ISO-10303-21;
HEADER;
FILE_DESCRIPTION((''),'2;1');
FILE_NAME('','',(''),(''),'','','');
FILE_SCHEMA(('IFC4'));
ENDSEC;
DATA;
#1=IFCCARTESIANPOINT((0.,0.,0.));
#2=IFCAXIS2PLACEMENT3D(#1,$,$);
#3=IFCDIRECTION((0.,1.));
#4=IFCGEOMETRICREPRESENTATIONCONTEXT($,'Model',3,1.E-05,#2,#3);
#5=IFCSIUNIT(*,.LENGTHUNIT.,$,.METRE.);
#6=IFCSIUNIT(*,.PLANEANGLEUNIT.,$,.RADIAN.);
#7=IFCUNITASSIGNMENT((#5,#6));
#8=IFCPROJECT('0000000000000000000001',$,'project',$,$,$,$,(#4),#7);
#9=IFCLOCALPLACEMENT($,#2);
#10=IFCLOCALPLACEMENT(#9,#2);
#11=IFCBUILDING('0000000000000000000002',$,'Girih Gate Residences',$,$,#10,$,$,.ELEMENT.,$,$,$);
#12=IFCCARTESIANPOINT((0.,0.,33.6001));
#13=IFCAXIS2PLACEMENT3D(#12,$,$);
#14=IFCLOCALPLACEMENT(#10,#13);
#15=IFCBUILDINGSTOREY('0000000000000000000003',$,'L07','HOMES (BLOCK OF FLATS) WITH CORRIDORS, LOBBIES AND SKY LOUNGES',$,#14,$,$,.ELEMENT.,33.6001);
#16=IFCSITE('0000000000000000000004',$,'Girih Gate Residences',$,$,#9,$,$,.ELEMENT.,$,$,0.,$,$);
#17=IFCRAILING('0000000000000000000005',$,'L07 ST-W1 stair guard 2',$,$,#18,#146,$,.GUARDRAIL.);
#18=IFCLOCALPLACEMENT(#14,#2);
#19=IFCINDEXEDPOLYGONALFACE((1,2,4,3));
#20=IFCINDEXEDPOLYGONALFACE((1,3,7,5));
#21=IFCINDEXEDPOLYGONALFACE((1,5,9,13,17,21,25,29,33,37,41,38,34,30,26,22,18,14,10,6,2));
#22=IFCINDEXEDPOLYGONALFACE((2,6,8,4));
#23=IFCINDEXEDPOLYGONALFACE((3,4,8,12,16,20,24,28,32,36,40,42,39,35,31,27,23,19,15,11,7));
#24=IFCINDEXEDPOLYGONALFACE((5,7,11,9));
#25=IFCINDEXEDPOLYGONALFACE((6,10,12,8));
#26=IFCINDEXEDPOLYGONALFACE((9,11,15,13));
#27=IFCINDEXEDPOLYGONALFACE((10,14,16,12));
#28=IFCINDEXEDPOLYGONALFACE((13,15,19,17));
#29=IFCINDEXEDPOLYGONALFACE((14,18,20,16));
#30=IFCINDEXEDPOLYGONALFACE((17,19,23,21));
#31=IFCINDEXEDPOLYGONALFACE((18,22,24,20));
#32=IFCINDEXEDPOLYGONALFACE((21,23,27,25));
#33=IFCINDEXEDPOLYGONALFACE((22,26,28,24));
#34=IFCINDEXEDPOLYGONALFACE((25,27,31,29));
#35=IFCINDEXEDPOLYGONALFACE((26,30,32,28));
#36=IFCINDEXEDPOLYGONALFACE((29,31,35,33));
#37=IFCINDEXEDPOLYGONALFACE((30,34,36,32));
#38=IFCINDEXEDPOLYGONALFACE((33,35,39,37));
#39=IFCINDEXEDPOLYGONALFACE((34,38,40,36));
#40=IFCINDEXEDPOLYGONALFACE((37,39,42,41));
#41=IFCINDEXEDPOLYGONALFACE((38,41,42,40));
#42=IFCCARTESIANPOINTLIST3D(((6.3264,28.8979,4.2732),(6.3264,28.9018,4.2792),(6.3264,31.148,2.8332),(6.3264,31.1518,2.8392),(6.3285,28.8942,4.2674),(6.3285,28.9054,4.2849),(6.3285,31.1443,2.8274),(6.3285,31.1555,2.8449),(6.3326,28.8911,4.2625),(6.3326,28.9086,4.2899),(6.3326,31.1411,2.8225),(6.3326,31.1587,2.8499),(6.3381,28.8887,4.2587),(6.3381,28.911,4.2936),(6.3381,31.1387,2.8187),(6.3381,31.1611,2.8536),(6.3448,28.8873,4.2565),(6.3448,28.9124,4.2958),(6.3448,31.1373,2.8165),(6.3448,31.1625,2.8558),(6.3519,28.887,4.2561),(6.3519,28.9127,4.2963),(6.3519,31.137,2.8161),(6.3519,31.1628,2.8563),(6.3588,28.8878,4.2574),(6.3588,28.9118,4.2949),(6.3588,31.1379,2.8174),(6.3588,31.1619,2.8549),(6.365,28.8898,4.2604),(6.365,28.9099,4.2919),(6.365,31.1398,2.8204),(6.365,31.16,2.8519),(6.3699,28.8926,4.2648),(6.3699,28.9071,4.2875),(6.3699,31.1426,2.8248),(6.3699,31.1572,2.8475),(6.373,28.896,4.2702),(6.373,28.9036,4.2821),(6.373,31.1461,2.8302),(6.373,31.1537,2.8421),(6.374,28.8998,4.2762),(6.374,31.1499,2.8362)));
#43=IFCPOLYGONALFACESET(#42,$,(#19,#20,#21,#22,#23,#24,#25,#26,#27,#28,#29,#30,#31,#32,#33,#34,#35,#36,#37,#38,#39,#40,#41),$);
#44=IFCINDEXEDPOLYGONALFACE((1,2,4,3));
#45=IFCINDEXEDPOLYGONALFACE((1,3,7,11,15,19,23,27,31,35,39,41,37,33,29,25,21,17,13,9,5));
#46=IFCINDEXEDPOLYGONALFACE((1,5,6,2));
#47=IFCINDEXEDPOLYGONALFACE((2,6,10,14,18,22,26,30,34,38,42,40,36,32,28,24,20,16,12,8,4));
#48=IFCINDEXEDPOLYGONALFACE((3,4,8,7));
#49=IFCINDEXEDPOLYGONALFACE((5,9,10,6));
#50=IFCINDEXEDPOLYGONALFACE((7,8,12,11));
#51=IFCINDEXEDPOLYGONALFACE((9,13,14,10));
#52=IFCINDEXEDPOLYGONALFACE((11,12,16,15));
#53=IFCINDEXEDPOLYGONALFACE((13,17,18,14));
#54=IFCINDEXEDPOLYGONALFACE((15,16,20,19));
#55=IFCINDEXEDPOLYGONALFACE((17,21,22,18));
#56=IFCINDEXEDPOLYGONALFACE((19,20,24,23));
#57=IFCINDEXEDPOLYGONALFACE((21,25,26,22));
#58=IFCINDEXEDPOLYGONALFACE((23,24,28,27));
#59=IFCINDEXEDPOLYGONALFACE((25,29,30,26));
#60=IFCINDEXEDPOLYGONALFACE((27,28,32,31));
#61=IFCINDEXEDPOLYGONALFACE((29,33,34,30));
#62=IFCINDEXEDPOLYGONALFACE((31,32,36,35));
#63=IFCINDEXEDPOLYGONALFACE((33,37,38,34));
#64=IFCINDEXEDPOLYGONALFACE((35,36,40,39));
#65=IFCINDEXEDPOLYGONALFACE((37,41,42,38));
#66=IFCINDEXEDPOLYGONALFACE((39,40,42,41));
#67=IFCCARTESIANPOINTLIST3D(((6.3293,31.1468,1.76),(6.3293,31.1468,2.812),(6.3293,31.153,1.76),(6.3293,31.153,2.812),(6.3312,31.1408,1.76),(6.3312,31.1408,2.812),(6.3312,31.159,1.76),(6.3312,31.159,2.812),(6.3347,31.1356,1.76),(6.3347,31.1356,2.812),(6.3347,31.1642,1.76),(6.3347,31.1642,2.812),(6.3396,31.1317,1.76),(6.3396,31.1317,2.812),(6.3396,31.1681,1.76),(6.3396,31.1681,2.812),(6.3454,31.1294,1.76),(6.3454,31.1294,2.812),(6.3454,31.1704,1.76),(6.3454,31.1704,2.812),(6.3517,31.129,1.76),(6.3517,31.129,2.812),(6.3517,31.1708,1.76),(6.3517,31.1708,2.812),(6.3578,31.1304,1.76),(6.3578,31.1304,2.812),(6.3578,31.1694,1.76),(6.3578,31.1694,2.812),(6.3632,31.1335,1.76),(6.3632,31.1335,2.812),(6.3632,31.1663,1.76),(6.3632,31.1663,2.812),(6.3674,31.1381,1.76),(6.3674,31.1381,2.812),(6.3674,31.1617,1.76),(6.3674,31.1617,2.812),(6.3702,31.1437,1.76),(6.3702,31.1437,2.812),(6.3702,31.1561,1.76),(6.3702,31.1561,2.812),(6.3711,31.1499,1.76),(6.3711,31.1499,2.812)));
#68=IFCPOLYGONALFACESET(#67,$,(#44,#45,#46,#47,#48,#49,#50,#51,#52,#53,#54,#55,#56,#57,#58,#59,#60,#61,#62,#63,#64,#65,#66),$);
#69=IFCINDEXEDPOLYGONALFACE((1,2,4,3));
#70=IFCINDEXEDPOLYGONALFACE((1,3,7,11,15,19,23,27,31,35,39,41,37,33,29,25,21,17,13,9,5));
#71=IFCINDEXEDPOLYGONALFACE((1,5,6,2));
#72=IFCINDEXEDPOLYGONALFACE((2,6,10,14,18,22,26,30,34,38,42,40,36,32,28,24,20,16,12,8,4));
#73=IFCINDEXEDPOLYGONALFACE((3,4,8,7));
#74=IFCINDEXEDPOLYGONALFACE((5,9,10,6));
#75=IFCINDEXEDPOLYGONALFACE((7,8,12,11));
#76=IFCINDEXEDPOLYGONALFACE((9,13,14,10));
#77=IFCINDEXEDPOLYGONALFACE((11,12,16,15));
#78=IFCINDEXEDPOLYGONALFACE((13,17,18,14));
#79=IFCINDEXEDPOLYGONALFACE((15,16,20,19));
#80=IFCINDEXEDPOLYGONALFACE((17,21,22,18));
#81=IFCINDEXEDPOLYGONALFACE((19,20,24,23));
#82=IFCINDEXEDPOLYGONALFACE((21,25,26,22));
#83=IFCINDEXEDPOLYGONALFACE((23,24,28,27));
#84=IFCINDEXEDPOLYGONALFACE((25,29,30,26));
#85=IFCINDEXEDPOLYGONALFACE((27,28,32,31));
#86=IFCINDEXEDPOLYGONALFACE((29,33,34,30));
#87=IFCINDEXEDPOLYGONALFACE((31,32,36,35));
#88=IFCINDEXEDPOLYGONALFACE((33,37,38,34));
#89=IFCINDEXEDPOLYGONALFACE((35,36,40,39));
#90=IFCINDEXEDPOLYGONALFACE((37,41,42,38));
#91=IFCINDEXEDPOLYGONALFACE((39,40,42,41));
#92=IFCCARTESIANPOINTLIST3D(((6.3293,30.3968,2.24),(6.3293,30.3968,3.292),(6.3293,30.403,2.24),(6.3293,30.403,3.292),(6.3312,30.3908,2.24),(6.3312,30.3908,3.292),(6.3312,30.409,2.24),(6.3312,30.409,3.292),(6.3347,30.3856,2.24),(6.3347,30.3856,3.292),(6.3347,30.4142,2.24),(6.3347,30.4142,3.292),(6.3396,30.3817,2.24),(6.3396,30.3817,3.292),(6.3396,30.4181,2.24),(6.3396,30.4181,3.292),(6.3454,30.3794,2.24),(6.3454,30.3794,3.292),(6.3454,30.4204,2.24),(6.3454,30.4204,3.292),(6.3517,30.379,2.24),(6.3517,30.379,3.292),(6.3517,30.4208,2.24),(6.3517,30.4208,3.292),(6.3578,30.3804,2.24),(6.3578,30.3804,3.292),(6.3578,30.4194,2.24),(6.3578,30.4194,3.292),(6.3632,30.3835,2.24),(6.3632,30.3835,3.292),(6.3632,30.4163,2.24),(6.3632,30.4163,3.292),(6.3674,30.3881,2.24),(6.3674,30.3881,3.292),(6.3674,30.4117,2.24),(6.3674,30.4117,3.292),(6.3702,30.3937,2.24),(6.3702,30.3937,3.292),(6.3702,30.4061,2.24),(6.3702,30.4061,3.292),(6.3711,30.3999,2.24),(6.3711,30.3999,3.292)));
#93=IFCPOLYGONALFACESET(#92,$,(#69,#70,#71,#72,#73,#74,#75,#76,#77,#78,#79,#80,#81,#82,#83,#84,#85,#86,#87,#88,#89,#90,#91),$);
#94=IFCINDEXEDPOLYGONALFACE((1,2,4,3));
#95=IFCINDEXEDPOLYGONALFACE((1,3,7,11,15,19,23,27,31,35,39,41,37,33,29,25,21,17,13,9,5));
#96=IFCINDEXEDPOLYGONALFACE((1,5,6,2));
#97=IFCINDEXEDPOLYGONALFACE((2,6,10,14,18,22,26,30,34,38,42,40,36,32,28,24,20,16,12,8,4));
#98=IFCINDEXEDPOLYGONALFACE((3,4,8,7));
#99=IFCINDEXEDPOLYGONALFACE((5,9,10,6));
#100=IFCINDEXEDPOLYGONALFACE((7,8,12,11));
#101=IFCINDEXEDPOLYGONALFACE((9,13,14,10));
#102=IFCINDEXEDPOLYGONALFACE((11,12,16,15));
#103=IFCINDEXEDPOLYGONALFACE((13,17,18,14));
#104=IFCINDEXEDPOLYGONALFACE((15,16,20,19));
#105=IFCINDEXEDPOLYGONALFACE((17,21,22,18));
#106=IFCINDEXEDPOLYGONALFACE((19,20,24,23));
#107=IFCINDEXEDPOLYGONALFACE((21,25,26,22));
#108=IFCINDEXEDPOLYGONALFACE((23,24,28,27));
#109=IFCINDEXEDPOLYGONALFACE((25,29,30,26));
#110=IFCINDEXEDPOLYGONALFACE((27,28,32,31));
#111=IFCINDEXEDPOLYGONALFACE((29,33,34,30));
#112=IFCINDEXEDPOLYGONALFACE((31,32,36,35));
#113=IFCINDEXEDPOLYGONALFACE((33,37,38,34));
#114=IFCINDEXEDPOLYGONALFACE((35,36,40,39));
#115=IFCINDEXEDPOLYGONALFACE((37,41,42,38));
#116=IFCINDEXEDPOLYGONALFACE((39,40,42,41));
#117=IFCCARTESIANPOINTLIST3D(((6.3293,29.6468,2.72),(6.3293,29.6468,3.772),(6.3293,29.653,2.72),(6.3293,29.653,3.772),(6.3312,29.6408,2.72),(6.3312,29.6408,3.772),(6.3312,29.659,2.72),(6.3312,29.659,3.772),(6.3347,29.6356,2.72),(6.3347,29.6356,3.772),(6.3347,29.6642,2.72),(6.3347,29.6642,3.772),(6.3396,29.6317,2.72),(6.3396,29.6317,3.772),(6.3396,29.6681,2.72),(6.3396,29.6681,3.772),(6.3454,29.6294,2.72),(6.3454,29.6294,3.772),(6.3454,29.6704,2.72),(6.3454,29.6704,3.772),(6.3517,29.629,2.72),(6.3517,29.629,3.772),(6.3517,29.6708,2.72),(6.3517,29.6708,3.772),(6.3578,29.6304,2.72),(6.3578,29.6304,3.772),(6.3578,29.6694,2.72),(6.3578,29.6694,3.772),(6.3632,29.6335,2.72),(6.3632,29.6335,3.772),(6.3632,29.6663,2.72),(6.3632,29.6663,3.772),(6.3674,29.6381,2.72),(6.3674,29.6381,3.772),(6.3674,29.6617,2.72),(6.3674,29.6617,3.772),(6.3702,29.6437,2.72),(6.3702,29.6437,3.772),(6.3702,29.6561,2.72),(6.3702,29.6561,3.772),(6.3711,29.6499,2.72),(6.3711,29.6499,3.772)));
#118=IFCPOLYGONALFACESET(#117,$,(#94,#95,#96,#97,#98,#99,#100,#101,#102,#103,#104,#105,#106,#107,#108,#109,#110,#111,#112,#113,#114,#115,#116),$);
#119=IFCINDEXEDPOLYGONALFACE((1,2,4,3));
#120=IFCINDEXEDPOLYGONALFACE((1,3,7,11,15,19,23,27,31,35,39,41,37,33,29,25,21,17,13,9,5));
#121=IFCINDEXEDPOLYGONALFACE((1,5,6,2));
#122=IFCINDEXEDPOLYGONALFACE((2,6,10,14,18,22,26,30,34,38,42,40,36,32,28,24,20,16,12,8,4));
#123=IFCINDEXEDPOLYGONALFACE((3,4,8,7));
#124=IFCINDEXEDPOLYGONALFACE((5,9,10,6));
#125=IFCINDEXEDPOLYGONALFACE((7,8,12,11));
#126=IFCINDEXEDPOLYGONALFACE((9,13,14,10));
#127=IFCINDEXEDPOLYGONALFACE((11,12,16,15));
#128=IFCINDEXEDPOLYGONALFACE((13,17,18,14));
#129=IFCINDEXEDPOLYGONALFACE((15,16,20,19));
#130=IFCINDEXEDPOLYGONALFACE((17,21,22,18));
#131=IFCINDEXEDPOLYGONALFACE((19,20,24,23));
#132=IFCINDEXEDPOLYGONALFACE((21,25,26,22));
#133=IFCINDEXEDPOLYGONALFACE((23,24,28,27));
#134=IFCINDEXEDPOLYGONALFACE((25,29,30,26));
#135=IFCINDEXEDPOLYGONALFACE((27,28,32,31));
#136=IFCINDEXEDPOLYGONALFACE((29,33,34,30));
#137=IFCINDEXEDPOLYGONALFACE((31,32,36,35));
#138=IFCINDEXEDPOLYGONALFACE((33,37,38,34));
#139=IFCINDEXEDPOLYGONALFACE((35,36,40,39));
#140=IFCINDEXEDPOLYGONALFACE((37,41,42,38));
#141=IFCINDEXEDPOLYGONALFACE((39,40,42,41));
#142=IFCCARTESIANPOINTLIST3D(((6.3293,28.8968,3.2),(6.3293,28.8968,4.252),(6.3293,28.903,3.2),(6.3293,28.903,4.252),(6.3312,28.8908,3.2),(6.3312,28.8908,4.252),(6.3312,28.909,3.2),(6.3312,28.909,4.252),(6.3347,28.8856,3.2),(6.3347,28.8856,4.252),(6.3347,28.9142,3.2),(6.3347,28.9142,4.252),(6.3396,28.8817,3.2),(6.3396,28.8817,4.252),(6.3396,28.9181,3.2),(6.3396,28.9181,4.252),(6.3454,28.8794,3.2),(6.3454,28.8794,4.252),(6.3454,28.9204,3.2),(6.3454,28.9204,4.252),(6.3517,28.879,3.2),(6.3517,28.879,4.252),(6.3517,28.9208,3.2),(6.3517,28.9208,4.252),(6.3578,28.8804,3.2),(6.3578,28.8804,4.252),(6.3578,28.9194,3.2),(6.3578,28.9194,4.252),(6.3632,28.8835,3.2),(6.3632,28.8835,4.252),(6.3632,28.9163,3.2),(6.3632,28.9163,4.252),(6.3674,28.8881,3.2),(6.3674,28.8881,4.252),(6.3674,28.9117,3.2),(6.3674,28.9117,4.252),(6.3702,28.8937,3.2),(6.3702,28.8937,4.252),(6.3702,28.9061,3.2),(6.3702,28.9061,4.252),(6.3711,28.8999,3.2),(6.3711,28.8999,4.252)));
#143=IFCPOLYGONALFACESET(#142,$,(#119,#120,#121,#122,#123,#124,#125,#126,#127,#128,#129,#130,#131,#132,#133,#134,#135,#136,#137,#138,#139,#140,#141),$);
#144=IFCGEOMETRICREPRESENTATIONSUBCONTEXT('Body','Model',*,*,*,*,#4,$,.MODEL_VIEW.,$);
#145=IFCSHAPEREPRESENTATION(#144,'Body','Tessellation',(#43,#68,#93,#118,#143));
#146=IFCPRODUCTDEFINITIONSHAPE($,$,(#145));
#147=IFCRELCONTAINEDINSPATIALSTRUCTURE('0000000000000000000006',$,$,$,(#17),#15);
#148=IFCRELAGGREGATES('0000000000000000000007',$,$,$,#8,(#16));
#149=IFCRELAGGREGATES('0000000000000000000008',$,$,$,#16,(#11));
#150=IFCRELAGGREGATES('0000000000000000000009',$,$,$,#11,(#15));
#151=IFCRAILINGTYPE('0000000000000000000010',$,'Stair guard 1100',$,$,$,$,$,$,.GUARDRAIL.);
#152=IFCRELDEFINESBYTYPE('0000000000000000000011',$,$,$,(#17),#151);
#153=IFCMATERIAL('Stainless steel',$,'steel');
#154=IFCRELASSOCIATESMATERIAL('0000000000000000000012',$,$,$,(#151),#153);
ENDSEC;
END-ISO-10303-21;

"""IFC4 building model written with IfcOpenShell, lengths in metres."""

from ifc_helpers import new_model, si_unit, direction, frame, origin, origin_2d, place, context, subcontext, project, spatial, circle, extrude, material, type_object, element, save


model = new_model("IFC4")

# Units and contexts
model_context = context("Model", 3, precision=1e-05, world=origin(), true_north=direction((0.0, 1.0)))
body_context = subcontext(model_context, "Body", "Model", "MODEL_VIEW")
ifc_project = project(units=[si_unit("LENGTHUNIT", "METRE"), si_unit("PLANEANGLEUNIT", "RADIAN")], contexts=[model_context])

# Site, building, storey
site_placement = place(None, origin())
site = spatial("IfcSite", under=ifc_project, at=site_placement, Name="Girih Gate Residences", CompositionType="ELEMENT", RefElevation=0.0)
building_placement = place(site_placement, origin())
building = spatial("IfcBuilding", under=site, at=building_placement, Name="Girih Gate Residences", CompositionType="ELEMENT")
storey_placement = place(building_placement, frame((0.0, 0.0, 33.6001)))
storey = spatial("IfcBuildingStorey", under=building, at=storey_placement, Name="L07", Description="HOMES (BLOCK OF FLATS) WITH CORRIDORS, LOBBIES AND SKY LOUNGES", CompositionType="ELEMENT", Elevation=33.6001)

# Shared definitions
ifc_material_1 = material(Name="Stainless steel", Category="steel")

# Railing
railing_type = type_object("IfcRailingType", Name="Stair guard 1100", PredefinedType="GUARDRAIL", material=ifc_material_1)
railing_placement = place(storey_placement, frame((6.3501, 31.1499, 1.76)))
element("IfcRailing", 1, at=railing_placement, inside=storey, type_object=railing_type, Name="L07 ST-W1 stair guard 2", PredefinedType="GUARDRAIL", context=body_context, shape_type="SweptSolid", body=[
    extrude(circle(Radius=0.0239, at=origin_2d()), frame((0.0, 0.0, 1.0762), z_axis=(0.0, -0.842281, 0.539038), x_axis=(1.0, 0.0, 0.0)), (0.0, 0.0, 1.0), 2.6714),
    extrude(circle(Radius=0.021, at=origin_2d()), origin(), (0.0, 0.0, 1.0), 1.052),
    extrude(circle(Radius=0.021, at=origin_2d()), frame((0.0, -0.75, 0.48)), (0.0, 0.0, 1.0), 1.052),
    extrude(circle(Radius=0.021, at=origin_2d()), frame((0.0, -1.5, 0.96)), (0.0, 0.0, 1.0), 1.052),
    extrude(circle(Radius=0.021, at=origin_2d()), frame((0.0, -2.25, 1.4399)), (0.0, 0.0, 1.0), 1.052),
])

save(model, "model.ifc")
